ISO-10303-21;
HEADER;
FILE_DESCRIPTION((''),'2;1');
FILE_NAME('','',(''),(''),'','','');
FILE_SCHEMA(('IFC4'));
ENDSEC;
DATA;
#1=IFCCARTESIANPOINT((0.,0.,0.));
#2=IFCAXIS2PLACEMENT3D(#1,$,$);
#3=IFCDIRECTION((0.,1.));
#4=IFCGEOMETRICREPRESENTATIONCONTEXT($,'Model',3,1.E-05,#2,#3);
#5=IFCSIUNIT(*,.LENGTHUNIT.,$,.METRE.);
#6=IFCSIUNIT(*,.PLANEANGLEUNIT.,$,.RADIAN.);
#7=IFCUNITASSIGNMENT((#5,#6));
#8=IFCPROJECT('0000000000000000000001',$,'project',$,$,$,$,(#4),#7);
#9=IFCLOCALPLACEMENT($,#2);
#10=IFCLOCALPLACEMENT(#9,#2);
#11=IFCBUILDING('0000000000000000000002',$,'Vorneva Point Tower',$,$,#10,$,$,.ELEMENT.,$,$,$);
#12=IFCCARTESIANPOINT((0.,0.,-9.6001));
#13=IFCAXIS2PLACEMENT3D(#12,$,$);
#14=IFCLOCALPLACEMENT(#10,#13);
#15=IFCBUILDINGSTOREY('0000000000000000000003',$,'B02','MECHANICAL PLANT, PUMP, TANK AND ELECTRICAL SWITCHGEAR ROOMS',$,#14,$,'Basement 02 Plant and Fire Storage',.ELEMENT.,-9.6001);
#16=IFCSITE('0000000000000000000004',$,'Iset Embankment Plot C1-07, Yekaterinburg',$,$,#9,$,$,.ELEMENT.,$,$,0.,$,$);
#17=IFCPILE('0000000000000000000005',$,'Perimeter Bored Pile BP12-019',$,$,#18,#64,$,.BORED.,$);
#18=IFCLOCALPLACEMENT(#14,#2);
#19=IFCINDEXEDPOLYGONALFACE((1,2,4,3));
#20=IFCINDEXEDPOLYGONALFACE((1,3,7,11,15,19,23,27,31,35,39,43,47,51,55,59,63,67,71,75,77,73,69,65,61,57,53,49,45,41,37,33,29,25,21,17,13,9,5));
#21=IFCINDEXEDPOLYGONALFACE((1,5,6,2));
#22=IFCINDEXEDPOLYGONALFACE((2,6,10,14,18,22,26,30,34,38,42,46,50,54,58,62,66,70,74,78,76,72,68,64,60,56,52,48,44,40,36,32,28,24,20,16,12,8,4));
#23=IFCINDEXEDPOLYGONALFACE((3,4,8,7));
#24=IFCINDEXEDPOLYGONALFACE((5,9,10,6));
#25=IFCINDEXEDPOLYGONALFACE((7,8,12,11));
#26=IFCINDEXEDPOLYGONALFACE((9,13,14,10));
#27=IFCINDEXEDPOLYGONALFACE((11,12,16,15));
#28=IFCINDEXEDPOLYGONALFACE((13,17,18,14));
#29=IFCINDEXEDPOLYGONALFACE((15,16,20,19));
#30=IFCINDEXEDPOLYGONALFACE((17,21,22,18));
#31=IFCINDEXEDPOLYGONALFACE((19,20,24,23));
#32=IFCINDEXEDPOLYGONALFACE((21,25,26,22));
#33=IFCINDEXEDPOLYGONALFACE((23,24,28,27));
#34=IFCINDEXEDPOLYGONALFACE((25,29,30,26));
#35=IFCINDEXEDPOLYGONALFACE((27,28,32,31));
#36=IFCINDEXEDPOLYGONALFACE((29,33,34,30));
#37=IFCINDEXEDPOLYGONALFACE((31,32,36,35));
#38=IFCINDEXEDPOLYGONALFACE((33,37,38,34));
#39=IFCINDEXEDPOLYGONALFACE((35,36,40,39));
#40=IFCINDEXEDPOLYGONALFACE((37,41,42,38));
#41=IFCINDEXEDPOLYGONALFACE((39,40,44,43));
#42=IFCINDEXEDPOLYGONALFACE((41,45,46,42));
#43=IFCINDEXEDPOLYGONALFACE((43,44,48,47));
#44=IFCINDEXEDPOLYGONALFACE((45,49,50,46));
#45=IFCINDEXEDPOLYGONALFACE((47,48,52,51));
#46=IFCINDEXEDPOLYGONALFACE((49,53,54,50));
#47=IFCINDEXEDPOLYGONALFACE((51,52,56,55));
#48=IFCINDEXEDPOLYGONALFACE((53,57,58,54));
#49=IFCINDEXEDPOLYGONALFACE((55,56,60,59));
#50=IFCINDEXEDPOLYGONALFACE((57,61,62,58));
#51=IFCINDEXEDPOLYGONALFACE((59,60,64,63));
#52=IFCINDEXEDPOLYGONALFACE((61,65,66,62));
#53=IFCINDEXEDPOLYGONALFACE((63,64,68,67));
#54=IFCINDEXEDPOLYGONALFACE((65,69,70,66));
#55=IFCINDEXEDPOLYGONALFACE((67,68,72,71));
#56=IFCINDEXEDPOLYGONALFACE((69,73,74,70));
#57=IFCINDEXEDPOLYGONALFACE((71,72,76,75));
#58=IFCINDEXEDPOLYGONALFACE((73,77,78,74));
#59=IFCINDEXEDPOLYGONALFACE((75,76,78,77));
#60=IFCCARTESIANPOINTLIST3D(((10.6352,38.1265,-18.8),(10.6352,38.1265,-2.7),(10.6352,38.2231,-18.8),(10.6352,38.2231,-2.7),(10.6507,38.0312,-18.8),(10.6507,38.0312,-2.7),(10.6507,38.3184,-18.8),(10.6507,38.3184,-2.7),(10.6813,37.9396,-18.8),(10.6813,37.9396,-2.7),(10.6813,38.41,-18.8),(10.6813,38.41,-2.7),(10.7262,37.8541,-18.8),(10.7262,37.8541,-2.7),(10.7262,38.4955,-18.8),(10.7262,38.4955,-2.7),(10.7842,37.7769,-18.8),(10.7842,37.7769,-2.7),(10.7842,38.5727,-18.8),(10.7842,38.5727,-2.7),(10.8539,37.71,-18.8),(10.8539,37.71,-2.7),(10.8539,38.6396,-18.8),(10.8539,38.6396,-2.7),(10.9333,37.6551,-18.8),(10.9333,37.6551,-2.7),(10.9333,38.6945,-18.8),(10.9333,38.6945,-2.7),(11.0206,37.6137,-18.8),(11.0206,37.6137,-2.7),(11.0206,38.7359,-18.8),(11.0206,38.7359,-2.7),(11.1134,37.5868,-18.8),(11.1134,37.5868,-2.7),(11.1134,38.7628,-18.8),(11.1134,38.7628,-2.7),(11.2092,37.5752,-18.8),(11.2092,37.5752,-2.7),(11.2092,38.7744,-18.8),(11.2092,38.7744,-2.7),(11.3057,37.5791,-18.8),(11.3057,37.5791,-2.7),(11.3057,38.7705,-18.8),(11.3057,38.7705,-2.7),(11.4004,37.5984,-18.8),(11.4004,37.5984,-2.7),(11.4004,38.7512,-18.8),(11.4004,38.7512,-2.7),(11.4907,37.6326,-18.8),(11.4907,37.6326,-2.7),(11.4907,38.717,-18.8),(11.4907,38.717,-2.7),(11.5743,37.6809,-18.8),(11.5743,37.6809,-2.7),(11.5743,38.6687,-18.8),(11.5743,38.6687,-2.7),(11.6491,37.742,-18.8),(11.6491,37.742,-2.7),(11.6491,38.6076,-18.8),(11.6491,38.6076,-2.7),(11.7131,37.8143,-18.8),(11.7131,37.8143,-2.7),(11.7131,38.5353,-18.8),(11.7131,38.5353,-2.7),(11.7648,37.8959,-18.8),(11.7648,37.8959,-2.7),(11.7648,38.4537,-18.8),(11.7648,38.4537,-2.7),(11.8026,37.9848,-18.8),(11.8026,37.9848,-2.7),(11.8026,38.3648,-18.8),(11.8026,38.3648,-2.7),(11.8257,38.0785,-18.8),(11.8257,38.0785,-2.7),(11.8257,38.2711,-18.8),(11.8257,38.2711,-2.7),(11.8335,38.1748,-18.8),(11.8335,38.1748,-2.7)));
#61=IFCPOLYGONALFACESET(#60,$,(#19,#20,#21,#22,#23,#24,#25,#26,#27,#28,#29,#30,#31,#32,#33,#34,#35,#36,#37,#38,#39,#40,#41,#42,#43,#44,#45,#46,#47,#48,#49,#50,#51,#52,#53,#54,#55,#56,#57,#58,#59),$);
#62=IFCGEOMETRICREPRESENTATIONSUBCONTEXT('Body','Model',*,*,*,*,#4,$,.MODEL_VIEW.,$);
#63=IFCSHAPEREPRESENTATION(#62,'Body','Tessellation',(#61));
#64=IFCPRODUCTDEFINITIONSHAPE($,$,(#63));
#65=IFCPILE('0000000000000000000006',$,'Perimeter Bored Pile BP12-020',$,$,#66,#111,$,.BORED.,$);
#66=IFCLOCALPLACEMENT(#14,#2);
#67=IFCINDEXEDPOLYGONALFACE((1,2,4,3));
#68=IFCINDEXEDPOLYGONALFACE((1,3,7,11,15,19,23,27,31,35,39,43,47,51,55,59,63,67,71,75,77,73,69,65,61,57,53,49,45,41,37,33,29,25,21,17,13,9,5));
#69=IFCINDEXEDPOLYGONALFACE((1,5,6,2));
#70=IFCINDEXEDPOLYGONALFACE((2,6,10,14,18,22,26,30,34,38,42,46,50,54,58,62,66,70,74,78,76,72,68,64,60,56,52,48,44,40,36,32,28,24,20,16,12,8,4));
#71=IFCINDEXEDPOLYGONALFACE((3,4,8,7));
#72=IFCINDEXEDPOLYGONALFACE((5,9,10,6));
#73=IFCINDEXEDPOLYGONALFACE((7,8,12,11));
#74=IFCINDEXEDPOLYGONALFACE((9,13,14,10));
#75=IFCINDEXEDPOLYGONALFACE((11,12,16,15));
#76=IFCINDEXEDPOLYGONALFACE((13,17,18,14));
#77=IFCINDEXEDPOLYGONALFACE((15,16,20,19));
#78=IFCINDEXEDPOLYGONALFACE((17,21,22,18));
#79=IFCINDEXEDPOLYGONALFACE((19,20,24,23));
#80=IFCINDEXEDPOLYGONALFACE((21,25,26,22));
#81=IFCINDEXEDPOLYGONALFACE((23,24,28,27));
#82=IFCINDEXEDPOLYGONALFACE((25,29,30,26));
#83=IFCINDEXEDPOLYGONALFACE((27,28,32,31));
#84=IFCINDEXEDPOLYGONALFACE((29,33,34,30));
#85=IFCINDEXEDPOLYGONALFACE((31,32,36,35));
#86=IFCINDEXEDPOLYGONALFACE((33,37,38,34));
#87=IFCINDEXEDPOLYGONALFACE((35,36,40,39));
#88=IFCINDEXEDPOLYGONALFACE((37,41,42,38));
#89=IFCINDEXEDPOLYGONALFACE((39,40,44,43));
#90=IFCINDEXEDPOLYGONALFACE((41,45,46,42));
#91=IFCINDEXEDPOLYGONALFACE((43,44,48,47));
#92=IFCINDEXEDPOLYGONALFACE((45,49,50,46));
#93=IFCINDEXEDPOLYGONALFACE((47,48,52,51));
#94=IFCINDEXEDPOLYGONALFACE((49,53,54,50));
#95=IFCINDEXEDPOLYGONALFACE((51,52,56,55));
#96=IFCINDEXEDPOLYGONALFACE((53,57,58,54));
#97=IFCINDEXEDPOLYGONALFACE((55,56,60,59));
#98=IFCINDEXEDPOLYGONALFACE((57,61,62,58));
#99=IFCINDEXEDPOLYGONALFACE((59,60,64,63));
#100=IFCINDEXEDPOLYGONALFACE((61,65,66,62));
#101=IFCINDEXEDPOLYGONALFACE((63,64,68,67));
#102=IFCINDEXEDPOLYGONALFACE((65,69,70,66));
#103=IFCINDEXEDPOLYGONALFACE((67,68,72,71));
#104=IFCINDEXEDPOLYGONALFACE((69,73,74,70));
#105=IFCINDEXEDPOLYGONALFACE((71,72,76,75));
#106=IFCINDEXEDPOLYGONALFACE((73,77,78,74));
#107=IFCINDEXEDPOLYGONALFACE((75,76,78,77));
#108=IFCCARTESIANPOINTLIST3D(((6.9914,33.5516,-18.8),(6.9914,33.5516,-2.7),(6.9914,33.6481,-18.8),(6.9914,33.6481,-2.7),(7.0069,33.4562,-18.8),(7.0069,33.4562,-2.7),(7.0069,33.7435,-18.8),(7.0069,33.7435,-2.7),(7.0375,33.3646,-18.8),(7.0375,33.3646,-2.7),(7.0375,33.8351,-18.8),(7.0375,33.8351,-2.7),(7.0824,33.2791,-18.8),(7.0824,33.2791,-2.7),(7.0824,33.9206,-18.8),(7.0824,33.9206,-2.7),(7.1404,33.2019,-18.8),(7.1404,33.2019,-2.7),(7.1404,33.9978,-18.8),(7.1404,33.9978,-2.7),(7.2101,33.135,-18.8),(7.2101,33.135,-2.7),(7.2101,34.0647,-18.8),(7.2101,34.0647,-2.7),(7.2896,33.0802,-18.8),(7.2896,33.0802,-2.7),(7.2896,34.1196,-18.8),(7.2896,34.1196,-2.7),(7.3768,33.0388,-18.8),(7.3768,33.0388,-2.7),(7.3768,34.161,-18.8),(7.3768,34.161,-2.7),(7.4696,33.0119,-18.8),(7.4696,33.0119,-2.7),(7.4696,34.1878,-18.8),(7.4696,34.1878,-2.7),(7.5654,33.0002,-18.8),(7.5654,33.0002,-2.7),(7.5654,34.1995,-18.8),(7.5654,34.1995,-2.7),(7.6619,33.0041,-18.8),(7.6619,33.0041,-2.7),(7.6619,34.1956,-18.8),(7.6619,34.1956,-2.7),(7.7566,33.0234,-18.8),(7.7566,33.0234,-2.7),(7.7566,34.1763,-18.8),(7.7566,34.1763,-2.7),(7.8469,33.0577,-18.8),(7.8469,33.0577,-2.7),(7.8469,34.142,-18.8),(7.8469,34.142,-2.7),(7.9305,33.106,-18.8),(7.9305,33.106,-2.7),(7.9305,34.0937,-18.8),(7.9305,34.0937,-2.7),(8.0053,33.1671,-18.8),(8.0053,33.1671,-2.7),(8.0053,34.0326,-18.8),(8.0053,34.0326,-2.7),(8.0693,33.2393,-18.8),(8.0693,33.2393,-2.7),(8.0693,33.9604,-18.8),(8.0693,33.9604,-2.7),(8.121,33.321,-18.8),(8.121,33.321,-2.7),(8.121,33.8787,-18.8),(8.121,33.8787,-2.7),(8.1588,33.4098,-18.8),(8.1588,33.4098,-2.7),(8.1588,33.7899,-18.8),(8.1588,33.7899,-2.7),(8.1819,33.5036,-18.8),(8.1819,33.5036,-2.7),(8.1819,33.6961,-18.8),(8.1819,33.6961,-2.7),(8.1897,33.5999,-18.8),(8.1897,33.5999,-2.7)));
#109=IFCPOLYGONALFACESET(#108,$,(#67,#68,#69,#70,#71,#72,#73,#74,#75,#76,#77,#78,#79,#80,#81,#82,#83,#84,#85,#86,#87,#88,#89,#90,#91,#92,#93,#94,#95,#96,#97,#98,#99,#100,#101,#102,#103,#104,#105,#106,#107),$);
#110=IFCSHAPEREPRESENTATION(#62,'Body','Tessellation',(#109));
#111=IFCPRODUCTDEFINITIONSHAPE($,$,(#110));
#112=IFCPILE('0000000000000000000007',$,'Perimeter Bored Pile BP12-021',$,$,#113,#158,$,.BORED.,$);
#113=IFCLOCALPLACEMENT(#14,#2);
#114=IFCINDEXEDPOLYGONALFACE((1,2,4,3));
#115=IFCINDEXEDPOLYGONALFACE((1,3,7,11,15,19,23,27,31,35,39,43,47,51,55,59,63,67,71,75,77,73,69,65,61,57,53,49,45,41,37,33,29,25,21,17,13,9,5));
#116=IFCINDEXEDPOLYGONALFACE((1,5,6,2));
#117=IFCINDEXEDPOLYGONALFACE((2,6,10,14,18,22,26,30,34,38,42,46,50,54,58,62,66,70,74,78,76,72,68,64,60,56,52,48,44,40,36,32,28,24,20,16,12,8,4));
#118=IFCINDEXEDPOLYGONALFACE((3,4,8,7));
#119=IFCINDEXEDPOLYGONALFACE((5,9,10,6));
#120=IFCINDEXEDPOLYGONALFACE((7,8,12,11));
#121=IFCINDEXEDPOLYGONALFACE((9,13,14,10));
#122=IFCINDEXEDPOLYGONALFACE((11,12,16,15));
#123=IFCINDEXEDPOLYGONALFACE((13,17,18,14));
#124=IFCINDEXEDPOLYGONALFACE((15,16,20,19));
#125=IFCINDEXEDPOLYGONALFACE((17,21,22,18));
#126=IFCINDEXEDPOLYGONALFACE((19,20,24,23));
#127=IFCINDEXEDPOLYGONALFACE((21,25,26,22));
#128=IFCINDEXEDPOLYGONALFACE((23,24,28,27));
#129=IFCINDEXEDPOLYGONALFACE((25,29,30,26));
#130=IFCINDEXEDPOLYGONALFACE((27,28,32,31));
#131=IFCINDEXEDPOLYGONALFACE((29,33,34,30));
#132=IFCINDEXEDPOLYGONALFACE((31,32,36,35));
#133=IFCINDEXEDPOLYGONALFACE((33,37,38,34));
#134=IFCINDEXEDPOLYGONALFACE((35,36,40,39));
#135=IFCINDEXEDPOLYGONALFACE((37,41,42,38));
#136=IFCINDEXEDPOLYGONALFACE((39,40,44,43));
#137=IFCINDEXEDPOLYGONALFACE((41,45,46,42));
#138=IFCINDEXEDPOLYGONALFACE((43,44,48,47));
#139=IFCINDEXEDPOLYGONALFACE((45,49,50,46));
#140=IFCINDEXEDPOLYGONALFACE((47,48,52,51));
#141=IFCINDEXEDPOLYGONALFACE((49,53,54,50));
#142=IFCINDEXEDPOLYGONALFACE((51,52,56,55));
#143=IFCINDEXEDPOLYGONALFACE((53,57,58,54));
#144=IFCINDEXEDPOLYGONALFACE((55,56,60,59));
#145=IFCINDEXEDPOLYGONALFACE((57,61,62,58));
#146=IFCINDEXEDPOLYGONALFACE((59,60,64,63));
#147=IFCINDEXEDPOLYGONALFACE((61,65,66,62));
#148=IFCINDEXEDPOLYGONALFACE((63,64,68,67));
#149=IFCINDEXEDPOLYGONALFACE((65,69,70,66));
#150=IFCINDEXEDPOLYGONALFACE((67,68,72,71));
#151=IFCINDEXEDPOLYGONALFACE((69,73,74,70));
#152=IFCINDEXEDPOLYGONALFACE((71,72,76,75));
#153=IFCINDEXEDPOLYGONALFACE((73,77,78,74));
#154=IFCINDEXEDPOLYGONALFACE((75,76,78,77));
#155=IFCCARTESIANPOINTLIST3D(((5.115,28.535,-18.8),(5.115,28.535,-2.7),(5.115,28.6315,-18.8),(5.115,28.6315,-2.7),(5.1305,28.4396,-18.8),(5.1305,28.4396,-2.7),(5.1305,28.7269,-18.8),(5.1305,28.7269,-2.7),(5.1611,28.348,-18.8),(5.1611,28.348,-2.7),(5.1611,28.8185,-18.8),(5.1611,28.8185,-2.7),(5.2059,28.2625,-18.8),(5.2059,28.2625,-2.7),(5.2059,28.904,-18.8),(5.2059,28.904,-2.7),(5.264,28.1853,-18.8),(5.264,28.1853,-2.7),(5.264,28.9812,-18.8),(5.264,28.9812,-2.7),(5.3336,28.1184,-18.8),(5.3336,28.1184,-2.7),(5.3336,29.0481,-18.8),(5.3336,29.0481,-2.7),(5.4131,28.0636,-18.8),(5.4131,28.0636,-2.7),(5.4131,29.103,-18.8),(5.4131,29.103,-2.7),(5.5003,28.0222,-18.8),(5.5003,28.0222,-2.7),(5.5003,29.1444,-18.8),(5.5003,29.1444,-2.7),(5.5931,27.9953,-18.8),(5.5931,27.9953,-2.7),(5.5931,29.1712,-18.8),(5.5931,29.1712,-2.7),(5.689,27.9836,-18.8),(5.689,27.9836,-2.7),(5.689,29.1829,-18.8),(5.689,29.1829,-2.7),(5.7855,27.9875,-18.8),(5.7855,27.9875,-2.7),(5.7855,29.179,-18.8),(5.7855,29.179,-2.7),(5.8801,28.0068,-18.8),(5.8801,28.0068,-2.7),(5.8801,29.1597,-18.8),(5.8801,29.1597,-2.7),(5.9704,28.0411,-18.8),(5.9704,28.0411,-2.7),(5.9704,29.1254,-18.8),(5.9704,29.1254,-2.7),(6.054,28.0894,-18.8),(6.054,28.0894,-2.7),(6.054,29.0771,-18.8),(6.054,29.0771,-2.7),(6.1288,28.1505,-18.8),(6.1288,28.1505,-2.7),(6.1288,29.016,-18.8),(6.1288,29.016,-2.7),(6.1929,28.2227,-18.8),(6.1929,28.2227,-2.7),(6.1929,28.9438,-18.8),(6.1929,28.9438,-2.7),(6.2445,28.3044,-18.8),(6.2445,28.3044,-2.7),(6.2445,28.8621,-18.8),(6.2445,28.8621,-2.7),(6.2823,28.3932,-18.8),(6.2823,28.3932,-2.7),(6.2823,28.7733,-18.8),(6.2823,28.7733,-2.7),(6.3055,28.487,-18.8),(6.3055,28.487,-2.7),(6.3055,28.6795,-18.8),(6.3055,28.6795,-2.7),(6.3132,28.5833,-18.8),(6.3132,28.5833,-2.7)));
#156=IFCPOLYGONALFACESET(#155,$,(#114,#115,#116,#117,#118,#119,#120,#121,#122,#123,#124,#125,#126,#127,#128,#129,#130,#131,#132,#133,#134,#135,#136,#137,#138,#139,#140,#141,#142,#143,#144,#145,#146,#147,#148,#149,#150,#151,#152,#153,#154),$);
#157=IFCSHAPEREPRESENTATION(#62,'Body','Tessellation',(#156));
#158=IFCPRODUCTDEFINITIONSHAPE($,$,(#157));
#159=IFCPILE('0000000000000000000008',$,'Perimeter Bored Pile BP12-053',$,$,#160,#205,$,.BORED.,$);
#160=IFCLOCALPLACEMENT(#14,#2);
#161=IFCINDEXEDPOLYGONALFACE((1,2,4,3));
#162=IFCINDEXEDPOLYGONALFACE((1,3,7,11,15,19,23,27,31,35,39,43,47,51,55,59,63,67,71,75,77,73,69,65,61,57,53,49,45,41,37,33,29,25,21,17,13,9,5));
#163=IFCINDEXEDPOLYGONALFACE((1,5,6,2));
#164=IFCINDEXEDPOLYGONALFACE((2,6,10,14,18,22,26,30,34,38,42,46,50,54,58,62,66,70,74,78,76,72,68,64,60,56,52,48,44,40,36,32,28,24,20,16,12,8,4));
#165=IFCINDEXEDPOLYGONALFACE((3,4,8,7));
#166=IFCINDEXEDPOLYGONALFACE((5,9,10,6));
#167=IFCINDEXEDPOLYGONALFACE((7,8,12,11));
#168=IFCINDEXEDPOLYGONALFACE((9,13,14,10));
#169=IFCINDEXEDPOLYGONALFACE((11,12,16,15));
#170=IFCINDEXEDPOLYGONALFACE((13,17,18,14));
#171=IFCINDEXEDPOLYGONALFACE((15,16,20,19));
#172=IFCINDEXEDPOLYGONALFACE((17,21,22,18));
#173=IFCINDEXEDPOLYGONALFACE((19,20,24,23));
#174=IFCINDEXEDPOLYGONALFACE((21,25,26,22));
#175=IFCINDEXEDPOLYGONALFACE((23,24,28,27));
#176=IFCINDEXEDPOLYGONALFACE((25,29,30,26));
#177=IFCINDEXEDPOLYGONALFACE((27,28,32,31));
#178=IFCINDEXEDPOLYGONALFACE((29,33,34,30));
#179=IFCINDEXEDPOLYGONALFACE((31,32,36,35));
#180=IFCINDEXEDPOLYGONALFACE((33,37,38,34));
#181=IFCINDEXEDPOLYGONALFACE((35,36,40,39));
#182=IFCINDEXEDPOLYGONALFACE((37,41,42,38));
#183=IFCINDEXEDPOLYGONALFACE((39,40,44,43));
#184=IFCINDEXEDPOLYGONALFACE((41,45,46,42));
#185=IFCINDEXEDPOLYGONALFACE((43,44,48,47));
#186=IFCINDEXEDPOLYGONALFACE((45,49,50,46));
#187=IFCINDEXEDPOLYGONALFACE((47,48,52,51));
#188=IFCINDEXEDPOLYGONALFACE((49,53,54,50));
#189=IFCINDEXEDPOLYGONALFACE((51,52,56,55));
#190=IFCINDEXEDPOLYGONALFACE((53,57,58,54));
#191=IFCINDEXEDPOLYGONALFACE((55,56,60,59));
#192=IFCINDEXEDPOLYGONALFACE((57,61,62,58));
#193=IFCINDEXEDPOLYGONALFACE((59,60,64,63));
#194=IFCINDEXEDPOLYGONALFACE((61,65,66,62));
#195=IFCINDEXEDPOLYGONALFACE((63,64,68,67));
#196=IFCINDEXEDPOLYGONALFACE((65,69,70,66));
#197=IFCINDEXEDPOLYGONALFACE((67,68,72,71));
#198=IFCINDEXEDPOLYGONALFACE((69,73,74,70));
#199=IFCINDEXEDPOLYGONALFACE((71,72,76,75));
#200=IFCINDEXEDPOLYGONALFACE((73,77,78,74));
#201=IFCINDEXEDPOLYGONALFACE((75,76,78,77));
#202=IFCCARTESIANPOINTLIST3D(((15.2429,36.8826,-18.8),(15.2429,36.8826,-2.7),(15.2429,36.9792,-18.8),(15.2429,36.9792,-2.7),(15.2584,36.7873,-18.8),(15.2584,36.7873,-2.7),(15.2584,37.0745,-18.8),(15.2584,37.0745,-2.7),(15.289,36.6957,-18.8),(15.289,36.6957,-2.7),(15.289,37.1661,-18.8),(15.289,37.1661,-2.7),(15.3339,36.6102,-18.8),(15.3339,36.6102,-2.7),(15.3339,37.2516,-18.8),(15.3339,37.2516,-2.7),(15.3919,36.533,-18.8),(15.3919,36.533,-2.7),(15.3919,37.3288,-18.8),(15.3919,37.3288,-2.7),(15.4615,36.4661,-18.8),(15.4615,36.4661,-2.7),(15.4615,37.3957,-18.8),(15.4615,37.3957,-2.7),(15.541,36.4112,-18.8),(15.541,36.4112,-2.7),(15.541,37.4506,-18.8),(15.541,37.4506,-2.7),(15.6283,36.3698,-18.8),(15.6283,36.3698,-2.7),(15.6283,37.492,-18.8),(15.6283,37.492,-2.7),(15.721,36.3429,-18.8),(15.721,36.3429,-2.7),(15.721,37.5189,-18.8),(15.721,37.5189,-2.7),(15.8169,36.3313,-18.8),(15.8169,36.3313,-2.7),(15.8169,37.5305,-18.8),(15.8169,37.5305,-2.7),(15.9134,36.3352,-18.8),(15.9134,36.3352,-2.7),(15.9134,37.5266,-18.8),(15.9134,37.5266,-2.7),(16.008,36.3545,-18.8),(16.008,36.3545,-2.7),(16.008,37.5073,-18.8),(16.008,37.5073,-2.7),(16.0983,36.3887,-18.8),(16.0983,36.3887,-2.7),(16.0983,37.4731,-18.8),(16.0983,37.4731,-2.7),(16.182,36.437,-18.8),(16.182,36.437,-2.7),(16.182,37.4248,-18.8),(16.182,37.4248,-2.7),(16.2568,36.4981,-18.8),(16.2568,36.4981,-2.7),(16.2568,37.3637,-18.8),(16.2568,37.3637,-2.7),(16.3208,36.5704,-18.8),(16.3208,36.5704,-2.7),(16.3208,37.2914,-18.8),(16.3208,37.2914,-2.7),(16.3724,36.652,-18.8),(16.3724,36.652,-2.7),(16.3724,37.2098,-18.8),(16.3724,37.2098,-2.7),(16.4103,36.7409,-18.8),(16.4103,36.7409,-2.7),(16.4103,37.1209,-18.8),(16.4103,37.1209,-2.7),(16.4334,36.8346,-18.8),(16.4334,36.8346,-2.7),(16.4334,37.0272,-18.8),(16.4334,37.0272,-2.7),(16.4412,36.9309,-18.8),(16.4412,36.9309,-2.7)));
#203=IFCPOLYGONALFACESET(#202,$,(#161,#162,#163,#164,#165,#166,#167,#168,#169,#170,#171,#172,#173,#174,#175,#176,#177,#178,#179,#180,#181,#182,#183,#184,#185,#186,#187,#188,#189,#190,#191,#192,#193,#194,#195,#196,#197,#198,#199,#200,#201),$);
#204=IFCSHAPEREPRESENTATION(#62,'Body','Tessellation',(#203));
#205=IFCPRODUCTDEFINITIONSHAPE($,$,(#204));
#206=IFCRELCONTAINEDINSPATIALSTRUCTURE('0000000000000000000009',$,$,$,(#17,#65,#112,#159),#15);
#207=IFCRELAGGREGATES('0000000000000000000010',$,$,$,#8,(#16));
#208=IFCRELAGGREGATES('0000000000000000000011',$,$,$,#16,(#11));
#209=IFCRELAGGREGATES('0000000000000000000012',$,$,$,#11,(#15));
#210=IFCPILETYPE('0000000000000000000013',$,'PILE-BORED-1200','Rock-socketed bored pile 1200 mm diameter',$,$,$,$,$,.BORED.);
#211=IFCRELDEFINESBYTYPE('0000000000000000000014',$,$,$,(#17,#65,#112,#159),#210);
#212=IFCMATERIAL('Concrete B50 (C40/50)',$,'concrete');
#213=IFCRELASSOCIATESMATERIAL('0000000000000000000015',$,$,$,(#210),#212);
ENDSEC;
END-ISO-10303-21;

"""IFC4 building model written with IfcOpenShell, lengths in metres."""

from ifc_helpers import new_model, si_unit, direction, frame, origin, origin_2d, place, context, subcontext, project, spatial, circle, extrude, material, material_profile, profile_set, type_object, element, save


model = new_model("IFC4")

# Units and contexts
model_context = context("Model", 3, precision=1e-05, world=origin(), true_north=direction((0.0, 1.0)))
body_context = subcontext(model_context, "Body", "Model", "MODEL_VIEW")
ifc_project = project(units=[si_unit("LENGTHUNIT", "METRE"), si_unit("PLANEANGLEUNIT", "RADIAN")], contexts=[model_context])

# Site, building, storey
site_placement = place(None, origin())
site = spatial("IfcSite", under=ifc_project, at=site_placement, Name="Iset Embankment Plot C1-07, Yekaterinburg", CompositionType="ELEMENT", RefElevation=0.0)
building_placement = place(site_placement, origin())
building = spatial("IfcBuilding", under=site, at=building_placement, Name="Vorneva Point Tower", CompositionType="ELEMENT")
storey_placement = place(building_placement, frame((0.0, 0.0, -9.6001)))
storey = spatial("IfcBuildingStorey", under=building, at=storey_placement, Name="B02", Description="MECHANICAL PLANT, PUMP, TANK AND ELECTRICAL SWITCHGEAR ROOMS", LongName="Basement 02 Plant and Fire Storage", CompositionType="ELEMENT", Elevation=-9.6001)

# Piles
ifc_material_1 = material(Name="Concrete B50 (C40/50)", Category="concrete")
ifc_material_profile_1 = material_profile(ifc_material_1, circle(Radius=0.6001, at=origin_2d()), Name="PILE-1200")
ifc_profile_set_1 = profile_set([ifc_material_profile_1], Name="Concrete B50 (C40/50)")
pile_type = type_object("IfcPileType", Name="PILE-BORED-1200", Description="Rock-socketed bored pile 1200 mm diameter", PredefinedType="BORED", material=ifc_profile_set_1)
for number, where, z_axis, x_axis, name in (
    (1, (11.2334, 38.1748, -2.7), (0.0, 0.0, -1.0), (1.0, 0.0, 0.0), "Perimeter Bored Pile BP12-019"),
    (2, (7.5896, 33.5999, -2.7), (0.0, 0.0, -1.0), (1.0, 0.0, 0.0), "Perimeter Bored Pile BP12-020"),
    (3, (5.7131, 28.5833, -2.7), (0.0, 0.0, -1.0), (1.0, 0.0, 0.0), "Perimeter Bored Pile BP12-021"),
    (4, (15.8411, 36.9309, -2.7), (0.0, 0.0, -1.0), (1.0, 0.0, 0.0), "Perimeter Bored Pile BP12-053"),
):
    element("IfcPile", number, at=place(storey_placement, frame(where, z_axis=z_axis, x_axis=x_axis)), inside=storey, type_object=pile_type, Name=name, PredefinedType="BORED", context=body_context, shape_type="SweptSolid", body=[
        extrude(circle(Radius=0.6001, at=origin_2d()), origin(), (0.0, 0.0, 1.0), 16.1001),
    ])

save(model, "model.ifc")
